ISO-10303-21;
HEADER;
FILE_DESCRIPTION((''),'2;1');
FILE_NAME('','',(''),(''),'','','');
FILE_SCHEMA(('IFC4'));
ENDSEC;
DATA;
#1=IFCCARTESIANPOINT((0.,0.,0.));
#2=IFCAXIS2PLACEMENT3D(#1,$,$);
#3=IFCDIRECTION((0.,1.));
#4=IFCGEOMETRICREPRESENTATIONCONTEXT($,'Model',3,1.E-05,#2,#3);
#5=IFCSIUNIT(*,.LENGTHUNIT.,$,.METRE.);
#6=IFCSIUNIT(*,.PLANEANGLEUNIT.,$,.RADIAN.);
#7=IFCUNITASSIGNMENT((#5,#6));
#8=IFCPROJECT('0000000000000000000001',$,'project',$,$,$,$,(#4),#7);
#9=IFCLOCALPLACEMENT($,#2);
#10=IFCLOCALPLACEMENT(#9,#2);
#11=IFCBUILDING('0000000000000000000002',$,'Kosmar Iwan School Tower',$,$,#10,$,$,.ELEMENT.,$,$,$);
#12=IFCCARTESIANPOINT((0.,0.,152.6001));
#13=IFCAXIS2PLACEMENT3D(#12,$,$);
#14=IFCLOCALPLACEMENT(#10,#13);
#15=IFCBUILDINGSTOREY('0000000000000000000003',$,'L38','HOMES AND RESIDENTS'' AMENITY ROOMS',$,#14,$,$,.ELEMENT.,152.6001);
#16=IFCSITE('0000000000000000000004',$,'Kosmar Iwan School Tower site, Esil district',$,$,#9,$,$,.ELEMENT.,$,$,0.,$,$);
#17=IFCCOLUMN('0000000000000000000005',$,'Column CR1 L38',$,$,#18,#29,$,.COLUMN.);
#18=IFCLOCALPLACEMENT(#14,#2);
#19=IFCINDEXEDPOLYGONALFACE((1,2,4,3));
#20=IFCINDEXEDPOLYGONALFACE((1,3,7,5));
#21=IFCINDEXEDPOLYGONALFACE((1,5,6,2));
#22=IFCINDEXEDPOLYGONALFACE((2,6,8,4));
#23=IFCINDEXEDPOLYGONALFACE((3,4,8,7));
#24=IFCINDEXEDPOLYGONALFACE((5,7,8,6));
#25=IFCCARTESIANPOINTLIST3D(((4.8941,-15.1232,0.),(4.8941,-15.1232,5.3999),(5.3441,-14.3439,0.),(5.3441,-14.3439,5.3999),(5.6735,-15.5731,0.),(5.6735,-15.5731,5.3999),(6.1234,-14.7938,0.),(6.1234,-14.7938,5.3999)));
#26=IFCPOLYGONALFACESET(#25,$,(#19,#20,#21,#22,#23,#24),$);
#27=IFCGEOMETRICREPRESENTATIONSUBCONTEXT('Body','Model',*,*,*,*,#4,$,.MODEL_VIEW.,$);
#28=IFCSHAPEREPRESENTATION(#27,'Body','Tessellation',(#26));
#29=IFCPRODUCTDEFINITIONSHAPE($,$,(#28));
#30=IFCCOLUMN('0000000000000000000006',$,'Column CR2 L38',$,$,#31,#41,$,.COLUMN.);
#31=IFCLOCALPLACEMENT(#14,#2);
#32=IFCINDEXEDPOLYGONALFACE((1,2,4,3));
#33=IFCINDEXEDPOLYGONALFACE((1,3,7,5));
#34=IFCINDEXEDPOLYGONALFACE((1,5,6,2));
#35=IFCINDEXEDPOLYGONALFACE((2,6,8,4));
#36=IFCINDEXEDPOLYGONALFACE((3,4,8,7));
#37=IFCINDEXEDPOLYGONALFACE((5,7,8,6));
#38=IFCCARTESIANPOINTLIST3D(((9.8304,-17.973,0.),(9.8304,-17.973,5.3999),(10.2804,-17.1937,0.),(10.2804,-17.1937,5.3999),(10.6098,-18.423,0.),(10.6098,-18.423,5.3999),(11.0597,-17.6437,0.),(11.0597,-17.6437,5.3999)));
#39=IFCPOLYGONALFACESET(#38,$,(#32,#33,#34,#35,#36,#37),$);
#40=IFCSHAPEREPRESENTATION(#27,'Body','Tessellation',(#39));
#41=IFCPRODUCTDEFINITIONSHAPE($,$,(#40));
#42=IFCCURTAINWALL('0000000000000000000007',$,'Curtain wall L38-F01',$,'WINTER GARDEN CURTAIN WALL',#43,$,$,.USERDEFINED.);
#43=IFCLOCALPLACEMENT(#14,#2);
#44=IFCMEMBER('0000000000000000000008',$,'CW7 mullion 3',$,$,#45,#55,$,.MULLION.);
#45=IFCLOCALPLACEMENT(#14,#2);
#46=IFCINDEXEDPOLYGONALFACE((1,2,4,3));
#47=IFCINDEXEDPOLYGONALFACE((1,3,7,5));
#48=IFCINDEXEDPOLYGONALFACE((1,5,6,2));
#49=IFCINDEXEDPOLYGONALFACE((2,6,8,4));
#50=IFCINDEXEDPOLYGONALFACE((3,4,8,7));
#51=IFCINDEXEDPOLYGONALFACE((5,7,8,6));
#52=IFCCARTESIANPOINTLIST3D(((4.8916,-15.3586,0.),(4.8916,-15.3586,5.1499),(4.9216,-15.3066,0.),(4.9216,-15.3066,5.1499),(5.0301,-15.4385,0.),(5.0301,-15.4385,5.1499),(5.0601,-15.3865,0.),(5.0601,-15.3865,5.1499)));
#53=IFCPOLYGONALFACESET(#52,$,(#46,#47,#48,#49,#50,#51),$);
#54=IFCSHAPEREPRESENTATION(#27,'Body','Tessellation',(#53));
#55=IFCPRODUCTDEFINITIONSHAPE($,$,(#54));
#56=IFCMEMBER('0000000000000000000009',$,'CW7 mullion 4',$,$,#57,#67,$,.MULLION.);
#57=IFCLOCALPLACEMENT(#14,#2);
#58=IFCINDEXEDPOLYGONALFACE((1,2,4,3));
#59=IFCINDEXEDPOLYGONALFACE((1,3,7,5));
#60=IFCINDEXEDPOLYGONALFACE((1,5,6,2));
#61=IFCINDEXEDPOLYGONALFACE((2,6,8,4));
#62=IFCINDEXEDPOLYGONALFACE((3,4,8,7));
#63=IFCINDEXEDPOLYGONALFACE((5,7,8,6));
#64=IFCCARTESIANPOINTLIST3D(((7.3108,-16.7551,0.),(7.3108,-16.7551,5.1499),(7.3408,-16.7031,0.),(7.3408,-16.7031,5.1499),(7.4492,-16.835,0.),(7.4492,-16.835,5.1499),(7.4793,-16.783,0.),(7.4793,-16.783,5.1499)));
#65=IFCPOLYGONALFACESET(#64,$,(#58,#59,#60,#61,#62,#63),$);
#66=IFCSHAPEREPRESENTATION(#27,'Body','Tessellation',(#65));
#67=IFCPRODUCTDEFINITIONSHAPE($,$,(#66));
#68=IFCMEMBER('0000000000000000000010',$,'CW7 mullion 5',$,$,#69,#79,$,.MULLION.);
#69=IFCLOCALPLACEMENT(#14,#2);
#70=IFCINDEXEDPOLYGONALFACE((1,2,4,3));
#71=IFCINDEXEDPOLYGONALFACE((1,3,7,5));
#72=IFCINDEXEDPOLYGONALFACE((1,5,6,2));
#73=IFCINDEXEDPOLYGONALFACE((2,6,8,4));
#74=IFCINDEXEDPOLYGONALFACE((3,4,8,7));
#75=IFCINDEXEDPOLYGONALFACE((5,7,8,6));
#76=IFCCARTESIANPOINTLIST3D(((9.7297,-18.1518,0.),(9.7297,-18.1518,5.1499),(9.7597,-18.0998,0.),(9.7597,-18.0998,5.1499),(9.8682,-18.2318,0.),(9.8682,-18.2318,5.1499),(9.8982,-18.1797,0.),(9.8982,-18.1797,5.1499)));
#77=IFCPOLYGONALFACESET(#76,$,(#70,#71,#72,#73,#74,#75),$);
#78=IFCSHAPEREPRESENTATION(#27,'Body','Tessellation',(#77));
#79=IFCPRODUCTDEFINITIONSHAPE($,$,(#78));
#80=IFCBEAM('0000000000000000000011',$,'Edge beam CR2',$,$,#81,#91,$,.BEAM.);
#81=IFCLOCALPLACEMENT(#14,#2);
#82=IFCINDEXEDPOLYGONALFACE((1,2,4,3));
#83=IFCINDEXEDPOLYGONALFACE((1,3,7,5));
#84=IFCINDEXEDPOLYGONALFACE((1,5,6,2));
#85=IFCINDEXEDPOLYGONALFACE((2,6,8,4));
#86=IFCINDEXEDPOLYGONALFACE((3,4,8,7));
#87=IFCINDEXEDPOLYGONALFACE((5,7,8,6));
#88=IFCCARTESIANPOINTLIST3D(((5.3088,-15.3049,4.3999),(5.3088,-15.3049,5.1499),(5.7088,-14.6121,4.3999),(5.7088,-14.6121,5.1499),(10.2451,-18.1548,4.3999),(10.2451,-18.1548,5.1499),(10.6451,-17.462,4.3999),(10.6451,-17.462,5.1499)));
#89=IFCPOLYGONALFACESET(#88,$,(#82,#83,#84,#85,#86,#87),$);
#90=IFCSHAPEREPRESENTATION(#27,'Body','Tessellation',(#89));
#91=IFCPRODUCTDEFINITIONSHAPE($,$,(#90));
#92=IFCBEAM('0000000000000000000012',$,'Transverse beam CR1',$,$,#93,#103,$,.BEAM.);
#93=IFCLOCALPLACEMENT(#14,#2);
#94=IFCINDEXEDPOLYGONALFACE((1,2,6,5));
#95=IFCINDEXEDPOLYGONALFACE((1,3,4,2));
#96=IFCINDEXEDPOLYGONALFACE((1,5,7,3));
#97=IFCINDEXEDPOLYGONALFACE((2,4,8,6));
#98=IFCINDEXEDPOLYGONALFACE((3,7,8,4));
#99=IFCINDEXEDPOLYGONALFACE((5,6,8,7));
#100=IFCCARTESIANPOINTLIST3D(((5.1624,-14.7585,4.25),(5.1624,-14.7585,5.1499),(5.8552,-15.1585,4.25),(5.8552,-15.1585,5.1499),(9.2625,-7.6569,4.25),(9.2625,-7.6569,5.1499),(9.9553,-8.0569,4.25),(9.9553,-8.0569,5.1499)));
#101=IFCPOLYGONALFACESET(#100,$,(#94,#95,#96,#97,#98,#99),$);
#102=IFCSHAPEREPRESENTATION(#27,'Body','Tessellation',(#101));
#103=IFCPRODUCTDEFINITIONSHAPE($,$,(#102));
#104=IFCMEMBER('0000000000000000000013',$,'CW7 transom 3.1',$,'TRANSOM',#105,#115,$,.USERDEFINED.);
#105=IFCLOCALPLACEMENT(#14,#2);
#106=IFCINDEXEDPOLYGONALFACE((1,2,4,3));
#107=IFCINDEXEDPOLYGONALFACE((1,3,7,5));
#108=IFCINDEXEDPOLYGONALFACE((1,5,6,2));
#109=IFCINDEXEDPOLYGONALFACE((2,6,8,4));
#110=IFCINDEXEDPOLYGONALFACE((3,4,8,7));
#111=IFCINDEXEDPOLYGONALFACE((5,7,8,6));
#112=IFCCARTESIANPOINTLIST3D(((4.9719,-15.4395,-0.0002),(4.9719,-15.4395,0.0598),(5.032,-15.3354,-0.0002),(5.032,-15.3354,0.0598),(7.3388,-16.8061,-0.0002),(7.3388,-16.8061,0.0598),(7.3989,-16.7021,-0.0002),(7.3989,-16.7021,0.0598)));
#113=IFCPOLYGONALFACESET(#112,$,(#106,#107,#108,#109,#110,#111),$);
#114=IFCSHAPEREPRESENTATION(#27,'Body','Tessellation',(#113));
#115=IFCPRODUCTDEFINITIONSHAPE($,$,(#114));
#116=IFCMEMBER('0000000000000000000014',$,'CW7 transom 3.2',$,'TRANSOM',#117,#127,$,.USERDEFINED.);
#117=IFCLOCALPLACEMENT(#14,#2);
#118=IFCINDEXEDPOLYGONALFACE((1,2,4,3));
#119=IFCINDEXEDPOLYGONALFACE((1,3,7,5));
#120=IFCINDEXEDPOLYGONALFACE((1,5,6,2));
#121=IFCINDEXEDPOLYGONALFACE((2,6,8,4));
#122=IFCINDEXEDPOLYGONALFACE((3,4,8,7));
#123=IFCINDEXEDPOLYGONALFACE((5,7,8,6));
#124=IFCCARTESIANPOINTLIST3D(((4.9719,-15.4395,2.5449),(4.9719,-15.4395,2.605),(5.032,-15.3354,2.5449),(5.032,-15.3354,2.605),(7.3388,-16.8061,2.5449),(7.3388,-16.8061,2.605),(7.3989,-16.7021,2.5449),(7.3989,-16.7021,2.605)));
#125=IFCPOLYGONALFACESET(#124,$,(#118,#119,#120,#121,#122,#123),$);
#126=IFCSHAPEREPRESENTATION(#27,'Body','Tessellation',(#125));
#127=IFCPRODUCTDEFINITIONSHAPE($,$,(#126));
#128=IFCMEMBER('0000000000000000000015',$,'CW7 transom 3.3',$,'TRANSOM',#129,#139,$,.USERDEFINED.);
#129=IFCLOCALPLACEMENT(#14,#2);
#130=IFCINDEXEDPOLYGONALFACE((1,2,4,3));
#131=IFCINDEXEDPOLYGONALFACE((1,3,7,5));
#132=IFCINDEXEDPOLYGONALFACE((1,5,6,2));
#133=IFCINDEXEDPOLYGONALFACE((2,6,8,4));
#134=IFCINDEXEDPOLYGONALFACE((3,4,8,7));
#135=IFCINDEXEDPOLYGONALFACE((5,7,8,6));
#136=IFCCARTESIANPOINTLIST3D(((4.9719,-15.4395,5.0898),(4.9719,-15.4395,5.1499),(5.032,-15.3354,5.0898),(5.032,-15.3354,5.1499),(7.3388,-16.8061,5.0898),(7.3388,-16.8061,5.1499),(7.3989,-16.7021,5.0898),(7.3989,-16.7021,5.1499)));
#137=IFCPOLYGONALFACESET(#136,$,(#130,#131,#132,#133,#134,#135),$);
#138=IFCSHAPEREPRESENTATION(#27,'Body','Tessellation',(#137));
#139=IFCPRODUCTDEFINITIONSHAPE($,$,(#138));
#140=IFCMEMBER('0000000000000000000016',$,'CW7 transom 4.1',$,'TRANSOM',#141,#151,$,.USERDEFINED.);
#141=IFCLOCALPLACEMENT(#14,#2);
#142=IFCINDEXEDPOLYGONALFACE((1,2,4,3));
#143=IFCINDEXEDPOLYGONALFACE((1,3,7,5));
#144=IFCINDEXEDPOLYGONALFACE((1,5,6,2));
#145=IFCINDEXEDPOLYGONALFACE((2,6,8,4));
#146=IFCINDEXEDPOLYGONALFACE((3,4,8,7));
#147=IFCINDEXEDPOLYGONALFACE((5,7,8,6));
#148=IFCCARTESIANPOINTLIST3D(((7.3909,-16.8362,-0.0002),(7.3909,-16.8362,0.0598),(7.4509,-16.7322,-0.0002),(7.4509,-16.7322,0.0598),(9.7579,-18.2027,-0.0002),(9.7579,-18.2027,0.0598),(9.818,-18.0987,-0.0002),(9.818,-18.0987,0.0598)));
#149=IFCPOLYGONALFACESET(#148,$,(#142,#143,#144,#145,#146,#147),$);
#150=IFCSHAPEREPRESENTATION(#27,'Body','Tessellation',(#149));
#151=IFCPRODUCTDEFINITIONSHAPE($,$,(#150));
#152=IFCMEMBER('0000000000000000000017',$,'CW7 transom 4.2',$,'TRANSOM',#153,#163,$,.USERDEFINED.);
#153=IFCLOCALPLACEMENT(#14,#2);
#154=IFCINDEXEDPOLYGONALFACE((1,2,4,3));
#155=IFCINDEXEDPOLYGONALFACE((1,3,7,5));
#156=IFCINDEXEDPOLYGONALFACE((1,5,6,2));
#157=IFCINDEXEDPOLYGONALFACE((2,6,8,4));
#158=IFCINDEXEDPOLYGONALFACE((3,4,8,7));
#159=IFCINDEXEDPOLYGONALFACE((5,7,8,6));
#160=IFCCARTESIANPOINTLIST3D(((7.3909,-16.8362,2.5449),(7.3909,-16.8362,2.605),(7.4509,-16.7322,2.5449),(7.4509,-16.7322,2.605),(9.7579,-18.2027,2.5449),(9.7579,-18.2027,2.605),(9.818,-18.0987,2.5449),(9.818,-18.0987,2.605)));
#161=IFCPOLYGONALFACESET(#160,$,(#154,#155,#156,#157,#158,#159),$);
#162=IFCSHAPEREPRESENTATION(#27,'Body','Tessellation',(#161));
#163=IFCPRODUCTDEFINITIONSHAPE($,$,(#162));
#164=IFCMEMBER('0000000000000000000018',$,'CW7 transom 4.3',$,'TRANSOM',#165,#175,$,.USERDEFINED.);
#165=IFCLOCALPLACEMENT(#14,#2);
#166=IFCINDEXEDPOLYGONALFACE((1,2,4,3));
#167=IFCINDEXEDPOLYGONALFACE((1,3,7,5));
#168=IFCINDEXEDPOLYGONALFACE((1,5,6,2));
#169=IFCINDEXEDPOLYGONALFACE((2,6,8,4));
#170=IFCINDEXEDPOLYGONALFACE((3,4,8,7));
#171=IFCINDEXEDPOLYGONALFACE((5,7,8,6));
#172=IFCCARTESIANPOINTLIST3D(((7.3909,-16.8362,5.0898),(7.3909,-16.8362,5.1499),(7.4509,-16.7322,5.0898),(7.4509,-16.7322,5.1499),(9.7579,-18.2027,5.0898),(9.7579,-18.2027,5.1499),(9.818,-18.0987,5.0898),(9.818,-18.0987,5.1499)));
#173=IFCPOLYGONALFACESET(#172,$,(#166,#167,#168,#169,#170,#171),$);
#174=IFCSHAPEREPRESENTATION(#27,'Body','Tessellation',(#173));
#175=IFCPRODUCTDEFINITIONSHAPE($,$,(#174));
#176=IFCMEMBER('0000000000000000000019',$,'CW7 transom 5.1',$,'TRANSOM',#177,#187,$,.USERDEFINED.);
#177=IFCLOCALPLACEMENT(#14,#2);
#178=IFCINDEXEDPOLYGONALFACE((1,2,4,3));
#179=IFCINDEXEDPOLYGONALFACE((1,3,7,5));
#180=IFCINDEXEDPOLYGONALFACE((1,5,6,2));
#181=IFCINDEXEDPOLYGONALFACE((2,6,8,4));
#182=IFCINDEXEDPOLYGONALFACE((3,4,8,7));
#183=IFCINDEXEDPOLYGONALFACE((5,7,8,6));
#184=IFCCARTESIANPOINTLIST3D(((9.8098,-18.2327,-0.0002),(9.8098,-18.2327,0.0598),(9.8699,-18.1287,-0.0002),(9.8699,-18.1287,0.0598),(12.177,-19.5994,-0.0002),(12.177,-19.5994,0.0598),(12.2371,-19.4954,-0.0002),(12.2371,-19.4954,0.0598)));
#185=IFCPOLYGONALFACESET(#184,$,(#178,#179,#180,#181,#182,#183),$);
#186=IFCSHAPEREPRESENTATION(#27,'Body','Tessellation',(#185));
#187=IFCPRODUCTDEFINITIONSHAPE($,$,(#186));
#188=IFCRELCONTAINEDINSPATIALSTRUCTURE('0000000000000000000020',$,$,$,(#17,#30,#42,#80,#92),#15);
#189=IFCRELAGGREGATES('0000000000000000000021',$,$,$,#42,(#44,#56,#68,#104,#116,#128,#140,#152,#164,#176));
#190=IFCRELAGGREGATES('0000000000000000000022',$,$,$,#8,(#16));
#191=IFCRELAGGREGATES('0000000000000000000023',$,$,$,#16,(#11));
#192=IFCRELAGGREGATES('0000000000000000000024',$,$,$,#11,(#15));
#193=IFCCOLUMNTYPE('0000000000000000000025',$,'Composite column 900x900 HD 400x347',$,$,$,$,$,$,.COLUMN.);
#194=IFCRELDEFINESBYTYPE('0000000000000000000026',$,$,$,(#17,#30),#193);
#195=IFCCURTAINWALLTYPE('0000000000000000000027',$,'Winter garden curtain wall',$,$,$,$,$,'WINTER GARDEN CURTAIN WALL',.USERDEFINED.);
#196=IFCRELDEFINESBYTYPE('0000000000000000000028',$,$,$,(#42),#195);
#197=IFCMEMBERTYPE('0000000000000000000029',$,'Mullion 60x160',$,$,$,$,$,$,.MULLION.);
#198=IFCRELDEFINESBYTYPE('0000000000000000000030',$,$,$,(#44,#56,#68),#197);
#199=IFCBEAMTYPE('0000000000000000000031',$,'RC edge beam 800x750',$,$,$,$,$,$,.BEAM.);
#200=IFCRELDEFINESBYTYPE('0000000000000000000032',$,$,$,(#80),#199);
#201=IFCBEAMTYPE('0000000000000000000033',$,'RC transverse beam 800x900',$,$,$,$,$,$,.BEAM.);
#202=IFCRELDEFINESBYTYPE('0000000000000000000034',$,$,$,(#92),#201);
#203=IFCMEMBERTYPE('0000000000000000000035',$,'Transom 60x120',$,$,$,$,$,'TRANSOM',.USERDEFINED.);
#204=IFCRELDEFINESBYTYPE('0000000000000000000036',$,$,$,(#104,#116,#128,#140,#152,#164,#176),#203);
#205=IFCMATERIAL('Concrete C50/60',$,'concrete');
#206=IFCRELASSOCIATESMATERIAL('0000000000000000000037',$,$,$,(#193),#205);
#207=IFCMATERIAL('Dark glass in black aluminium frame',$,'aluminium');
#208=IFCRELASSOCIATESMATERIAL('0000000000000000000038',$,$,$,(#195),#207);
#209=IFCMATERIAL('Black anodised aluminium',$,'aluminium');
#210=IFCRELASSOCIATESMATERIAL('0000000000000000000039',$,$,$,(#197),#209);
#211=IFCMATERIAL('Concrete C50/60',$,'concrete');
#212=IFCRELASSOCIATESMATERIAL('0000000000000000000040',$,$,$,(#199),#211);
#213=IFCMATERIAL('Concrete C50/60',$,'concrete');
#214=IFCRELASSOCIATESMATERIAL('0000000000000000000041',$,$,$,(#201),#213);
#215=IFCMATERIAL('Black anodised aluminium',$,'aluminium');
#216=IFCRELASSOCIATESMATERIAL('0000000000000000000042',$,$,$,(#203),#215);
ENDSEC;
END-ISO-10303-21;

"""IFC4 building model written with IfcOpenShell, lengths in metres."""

from ifc_helpers import new_model, si_unit, direction, frame, origin, origin_2d, place, context, subcontext, project, spatial, rectangle, extrude, material, material_profile, profile_set, type_object, element, aggregate, save


model = new_model("IFC4")

# Units and contexts
model_context = context("Model", 3, precision=1e-05, world=origin(), true_north=direction((0.0, 1.0)))
body_context = subcontext(model_context, "Body", "Model", "MODEL_VIEW")
ifc_project = project(units=[si_unit("LENGTHUNIT", "METRE"), si_unit("PLANEANGLEUNIT", "RADIAN")], contexts=[model_context])

# Site, building, storey
site_placement = place(None, origin())
site = spatial("IfcSite", under=ifc_project, at=site_placement, Name="Kosmar Iwan School Tower site, Esil district", CompositionType="ELEMENT", RefElevation=0.0)
building_placement = place(site_placement, origin())
building = spatial("IfcBuilding", under=site, at=building_placement, Name="Kosmar Iwan School Tower", CompositionType="ELEMENT")
storey_placement = place(building_placement, frame((0.0, 0.0, 152.6001)))
storey = spatial("IfcBuildingStorey", under=building, at=storey_placement, Name="L38", Description="HOMES AND RESIDENTS' AMENITY ROOMS", CompositionType="ELEMENT", Elevation=152.6001)

# Columns
ifc_material_1 = material(Name="Concrete C50/60", Category="concrete")
ifc_material_profile_1 = material_profile(ifc_material_1, rectangle(XDim=0.8999, YDim=0.8999, at=origin_2d()), Name="RC 900x900 + HD 400x347")
ifc_profile_set_1 = profile_set([ifc_material_profile_1], Name="Concrete C50/60")
column_type = type_object("IfcColumnType", Name="Composite column 900x900 HD 400x347", PredefinedType="COLUMN", material=ifc_profile_set_1)
for number, where, z_axis, x_axis, name in (
    (1, (5.5088, -14.9585, 0.0), (0.0, 0.0, 1.0), (0.866025, -0.5, 0.0), "Column CR1 L38"),
    (2, (10.4451, -17.8083, 0.0), (0.0, 0.0, 1.0), (0.866025, -0.5, 0.0), "Column CR2 L38"),
):
    element("IfcColumn", number, at=place(storey_placement, frame(where, z_axis=z_axis, x_axis=x_axis)), inside=storey, type_object=column_type, Name=name, PredefinedType="COLUMN", context=body_context, shape_type="SweptSolid", body=[
        extrude(rectangle(XDim=0.8999, YDim=0.8999, at=origin_2d()), origin(), (0.0, 0.0, 1.0), 5.3999),
    ])

# Curtain wall, members
ifc_material_2 = material(Name="Dark glass in black aluminium frame", Category="aluminium")
curtain_wall_type = type_object("IfcCurtainWallType", Name="Winter garden curtain wall", ElementType="WINTER GARDEN CURTAIN WALL", PredefinedType="USERDEFINED", material=ifc_material_2)
curtain_wall_placement = place(storey_placement, origin())
curtain_wall = element("IfcCurtainWall", 3, at=curtain_wall_placement, inside=storey, type_object=curtain_wall_type, Name="Curtain wall L38-F01", ObjectType="WINTER GARDEN CURTAIN WALL", PredefinedType="USERDEFINED")
ifc_material_3 = material(Name="Black anodised aluminium", Category="aluminium")
ifc_material_profile_2 = material_profile(ifc_material_3, rectangle(XDim=0.0601, YDim=0.1599, at=origin_2d()), Name="MULLION 60x160")
ifc_profile_set_2 = profile_set([ifc_material_profile_2], Name="Black anodised aluminium")
member_type_1 = type_object("IfcMemberType", Name="Mullion 60x160", PredefinedType="MULLION", material=ifc_profile_set_2)
member_1_placement = place(storey_placement, frame((4.9758, -15.3726, 0.0), z_axis=(0.0, 0.0, 1.0), x_axis=(0.5, 0.866025, 0.0)))
member_1 = element("IfcMember", 4, at=member_1_placement, type_object=member_type_1, Name="CW7 mullion 3", PredefinedType="MULLION", context=body_context, shape_type="SweptSolid", body=[
    extrude(rectangle(XDim=0.0601, YDim=0.1599, at=origin_2d()), origin(), (0.0, 0.0, 1.0), 5.1499),
])
member_2_placement = place(storey_placement, frame((7.395, -16.769, 0.0), z_axis=(0.0, 0.0, 1.0), x_axis=(0.5, 0.866025, 0.0)))
member_2 = element("IfcMember", 5, at=member_2_placement, type_object=member_type_1, Name="CW7 mullion 4", PredefinedType="MULLION", context=body_context, shape_type="SweptSolid", body=[
    extrude(rectangle(XDim=0.0601, YDim=0.1599, at=origin_2d()), origin(), (0.0, 0.0, 1.0), 5.1499),
])
member_3_placement = place(storey_placement, frame((9.814, -18.1658, 0.0), z_axis=(0.0, 0.0, 1.0), x_axis=(0.5, 0.866025, 0.0)))
member_3 = element("IfcMember", 6, at=member_3_placement, type_object=member_type_1, Name="CW7 mullion 5", PredefinedType="MULLION", context=body_context, shape_type="SweptSolid", body=[
    extrude(rectangle(XDim=0.0601, YDim=0.1599, at=origin_2d()), origin(), (0.0, 0.0, 1.0), 5.1499),
])

# Beams
ifc_material_4 = material(Name="Concrete C50/60", Category="concrete")
ifc_material_profile_3 = material_profile(ifc_material_4, rectangle(XDim=0.8, YDim=0.75, at=origin_2d()), Name="RC 800x750")
ifc_profile_set_3 = profile_set([ifc_material_profile_3], Name="Concrete C50/60")
beam_type_1 = type_object("IfcBeamType", Name="RC edge beam 800x750", PredefinedType="BEAM", material=ifc_profile_set_3)
beam_1_placement = place(storey_placement, frame((5.5088, -14.9585, 4.7749), z_axis=(0.866034, -0.499986, 0.0), x_axis=(0.499986, 0.866034, 0.0)))
element("IfcBeam", 7, at=beam_1_placement, inside=storey, type_object=beam_type_1, Name="Edge beam CR2", PredefinedType="BEAM", context=body_context, shape_type="SweptSolid", body=[
    extrude(rectangle(XDim=0.8, YDim=0.75, at=origin_2d()), origin(), (0.0, 0.0, 1.0), 5.7),
])
ifc_material_5 = material(Name="Concrete C50/60", Category="concrete")
ifc_material_profile_4 = material_profile(ifc_material_5, rectangle(XDim=0.8, YDim=0.8999, at=origin_2d()), Name="RC 800x900")
ifc_profile_set_4 = profile_set([ifc_material_profile_4], Name="Concrete C50/60")
beam_type_2 = type_object("IfcBeamType", Name="RC transverse beam 800x900", PredefinedType="BEAM", material=ifc_profile_set_4)
beam_2_placement = place(storey_placement, frame((5.5088, -14.9585, 4.7), z_axis=(0.500001, 0.866025, 0.0), x_axis=(-0.866025, 0.500001, 0.0)))
element("IfcBeam", 8, at=beam_2_placement, inside=storey, type_object=beam_type_2, Name="Transverse beam CR1", PredefinedType="BEAM", context=body_context, shape_type="SweptSolid", body=[
    extrude(rectangle(XDim=0.8, YDim=0.8999, at=origin_2d()), origin(), (0.0, 0.0, 1.0), 8.2002),
])

# Members
ifc_material_6 = material(Name="Black anodised aluminium", Category="aluminium")
ifc_material_profile_5 = material_profile(ifc_material_6, rectangle(XDim=0.1201, YDim=0.0601, at=origin_2d()), Name="TRANSOM 60x120")
ifc_profile_set_5 = profile_set([ifc_material_profile_5], Name="Black anodised aluminium")
member_type_2 = type_object("IfcMemberType", Name="Transom 60x120", ElementType="TRANSOM", PredefinedType="USERDEFINED", material=ifc_profile_set_5)
member_4_placement = place(storey_placement, frame((5.002, -15.3875, 0.0298), z_axis=(0.866003, -0.500039, 0.0), x_axis=(0.500039, 0.866003, 0.0)))
member_4 = element("IfcMember", 9, at=member_4_placement, type_object=member_type_2, Name="CW7 transom 3.1", ObjectType="TRANSOM", PredefinedType="USERDEFINED", context=body_context, shape_type="SweptSolid", body=[
    extrude(rectangle(XDim=0.1201, YDim=0.0601, at=origin_2d()), origin(), (0.0, 0.0, 1.0), 2.7332),
])
member_5_placement = place(storey_placement, frame((5.002, -15.3875, 2.575), z_axis=(0.866003, -0.500039, 0.0), x_axis=(0.500039, 0.866003, 0.0)))
member_5 = element("IfcMember", 10, at=member_5_placement, type_object=member_type_2, Name="CW7 transom 3.2", ObjectType="TRANSOM", PredefinedType="USERDEFINED", context=body_context, shape_type="SweptSolid", body=[
    extrude(rectangle(XDim=0.1201, YDim=0.0601, at=origin_2d()), origin(), (0.0, 0.0, 1.0), 2.7332),
])
member_6_placement = place(storey_placement, frame((5.002, -15.3875, 5.1199), z_axis=(0.866003, -0.500039, 0.0), x_axis=(0.500039, 0.866003, 0.0)))
member_6 = element("IfcMember", 11, at=member_6_placement, type_object=member_type_2, Name="CW7 transom 3.3", ObjectType="TRANSOM", PredefinedType="USERDEFINED", context=body_context, shape_type="SweptSolid", body=[
    extrude(rectangle(XDim=0.1201, YDim=0.0601, at=origin_2d()), origin(), (0.0, 0.0, 1.0), 2.7332),
])
member_7_placement = place(storey_placement, frame((7.4209, -16.7842, 0.0298), z_axis=(0.866041, -0.499972, 0.0), x_axis=(0.499972, 0.866041, 0.0)))
member_7 = element("IfcMember", 12, at=member_7_placement, type_object=member_type_2, Name="CW7 transom 4.1", ObjectType="TRANSOM", PredefinedType="USERDEFINED", context=body_context, shape_type="SweptSolid", body=[
    extrude(rectangle(XDim=0.1201, YDim=0.0601, at=origin_2d()), origin(), (0.0, 0.0, 1.0), 2.7332),
])
member_8_placement = place(storey_placement, frame((7.4209, -16.7842, 2.575), z_axis=(0.866041, -0.499972, 0.0), x_axis=(0.499972, 0.866041, 0.0)))
member_8 = element("IfcMember", 13, at=member_8_placement, type_object=member_type_2, Name="CW7 transom 4.2", ObjectType="TRANSOM", PredefinedType="USERDEFINED", context=body_context, shape_type="SweptSolid", body=[
    extrude(rectangle(XDim=0.1201, YDim=0.0601, at=origin_2d()), origin(), (0.0, 0.0, 1.0), 2.7332),
])
member_9_placement = place(storey_placement, frame((7.4209, -16.7842, 5.1199), z_axis=(0.866041, -0.499972, 0.0), x_axis=(0.499972, 0.866041, 0.0)))
member_9 = element("IfcMember", 14, at=member_9_placement, type_object=member_type_2, Name="CW7 transom 4.3", ObjectType="TRANSOM", PredefinedType="USERDEFINED", context=body_context, shape_type="SweptSolid", body=[
    extrude(rectangle(XDim=0.1201, YDim=0.0601, at=origin_2d()), origin(), (0.0, 0.0, 1.0), 2.7332),
])
member_10_placement = place(storey_placement, frame((9.8398, -18.1807, 0.0298), z_axis=(0.866025, -0.500001, 0.0), x_axis=(0.500001, 0.866025, 0.0)))
member_10 = element("IfcMember", 15, at=member_10_placement, type_object=member_type_2, Name="CW7 transom 5.1", ObjectType="TRANSOM", PredefinedType="USERDEFINED", context=body_context, shape_type="SweptSolid", body=[
    extrude(rectangle(XDim=0.1201, YDim=0.0601, at=origin_2d()), origin(), (0.0, 0.0, 1.0), 2.7334),
])

aggregate(curtain_wall, [member_1, member_2, member_3, member_4, member_5, member_6, member_7, member_8, member_9, member_10])

save(model, "model.ifc")
